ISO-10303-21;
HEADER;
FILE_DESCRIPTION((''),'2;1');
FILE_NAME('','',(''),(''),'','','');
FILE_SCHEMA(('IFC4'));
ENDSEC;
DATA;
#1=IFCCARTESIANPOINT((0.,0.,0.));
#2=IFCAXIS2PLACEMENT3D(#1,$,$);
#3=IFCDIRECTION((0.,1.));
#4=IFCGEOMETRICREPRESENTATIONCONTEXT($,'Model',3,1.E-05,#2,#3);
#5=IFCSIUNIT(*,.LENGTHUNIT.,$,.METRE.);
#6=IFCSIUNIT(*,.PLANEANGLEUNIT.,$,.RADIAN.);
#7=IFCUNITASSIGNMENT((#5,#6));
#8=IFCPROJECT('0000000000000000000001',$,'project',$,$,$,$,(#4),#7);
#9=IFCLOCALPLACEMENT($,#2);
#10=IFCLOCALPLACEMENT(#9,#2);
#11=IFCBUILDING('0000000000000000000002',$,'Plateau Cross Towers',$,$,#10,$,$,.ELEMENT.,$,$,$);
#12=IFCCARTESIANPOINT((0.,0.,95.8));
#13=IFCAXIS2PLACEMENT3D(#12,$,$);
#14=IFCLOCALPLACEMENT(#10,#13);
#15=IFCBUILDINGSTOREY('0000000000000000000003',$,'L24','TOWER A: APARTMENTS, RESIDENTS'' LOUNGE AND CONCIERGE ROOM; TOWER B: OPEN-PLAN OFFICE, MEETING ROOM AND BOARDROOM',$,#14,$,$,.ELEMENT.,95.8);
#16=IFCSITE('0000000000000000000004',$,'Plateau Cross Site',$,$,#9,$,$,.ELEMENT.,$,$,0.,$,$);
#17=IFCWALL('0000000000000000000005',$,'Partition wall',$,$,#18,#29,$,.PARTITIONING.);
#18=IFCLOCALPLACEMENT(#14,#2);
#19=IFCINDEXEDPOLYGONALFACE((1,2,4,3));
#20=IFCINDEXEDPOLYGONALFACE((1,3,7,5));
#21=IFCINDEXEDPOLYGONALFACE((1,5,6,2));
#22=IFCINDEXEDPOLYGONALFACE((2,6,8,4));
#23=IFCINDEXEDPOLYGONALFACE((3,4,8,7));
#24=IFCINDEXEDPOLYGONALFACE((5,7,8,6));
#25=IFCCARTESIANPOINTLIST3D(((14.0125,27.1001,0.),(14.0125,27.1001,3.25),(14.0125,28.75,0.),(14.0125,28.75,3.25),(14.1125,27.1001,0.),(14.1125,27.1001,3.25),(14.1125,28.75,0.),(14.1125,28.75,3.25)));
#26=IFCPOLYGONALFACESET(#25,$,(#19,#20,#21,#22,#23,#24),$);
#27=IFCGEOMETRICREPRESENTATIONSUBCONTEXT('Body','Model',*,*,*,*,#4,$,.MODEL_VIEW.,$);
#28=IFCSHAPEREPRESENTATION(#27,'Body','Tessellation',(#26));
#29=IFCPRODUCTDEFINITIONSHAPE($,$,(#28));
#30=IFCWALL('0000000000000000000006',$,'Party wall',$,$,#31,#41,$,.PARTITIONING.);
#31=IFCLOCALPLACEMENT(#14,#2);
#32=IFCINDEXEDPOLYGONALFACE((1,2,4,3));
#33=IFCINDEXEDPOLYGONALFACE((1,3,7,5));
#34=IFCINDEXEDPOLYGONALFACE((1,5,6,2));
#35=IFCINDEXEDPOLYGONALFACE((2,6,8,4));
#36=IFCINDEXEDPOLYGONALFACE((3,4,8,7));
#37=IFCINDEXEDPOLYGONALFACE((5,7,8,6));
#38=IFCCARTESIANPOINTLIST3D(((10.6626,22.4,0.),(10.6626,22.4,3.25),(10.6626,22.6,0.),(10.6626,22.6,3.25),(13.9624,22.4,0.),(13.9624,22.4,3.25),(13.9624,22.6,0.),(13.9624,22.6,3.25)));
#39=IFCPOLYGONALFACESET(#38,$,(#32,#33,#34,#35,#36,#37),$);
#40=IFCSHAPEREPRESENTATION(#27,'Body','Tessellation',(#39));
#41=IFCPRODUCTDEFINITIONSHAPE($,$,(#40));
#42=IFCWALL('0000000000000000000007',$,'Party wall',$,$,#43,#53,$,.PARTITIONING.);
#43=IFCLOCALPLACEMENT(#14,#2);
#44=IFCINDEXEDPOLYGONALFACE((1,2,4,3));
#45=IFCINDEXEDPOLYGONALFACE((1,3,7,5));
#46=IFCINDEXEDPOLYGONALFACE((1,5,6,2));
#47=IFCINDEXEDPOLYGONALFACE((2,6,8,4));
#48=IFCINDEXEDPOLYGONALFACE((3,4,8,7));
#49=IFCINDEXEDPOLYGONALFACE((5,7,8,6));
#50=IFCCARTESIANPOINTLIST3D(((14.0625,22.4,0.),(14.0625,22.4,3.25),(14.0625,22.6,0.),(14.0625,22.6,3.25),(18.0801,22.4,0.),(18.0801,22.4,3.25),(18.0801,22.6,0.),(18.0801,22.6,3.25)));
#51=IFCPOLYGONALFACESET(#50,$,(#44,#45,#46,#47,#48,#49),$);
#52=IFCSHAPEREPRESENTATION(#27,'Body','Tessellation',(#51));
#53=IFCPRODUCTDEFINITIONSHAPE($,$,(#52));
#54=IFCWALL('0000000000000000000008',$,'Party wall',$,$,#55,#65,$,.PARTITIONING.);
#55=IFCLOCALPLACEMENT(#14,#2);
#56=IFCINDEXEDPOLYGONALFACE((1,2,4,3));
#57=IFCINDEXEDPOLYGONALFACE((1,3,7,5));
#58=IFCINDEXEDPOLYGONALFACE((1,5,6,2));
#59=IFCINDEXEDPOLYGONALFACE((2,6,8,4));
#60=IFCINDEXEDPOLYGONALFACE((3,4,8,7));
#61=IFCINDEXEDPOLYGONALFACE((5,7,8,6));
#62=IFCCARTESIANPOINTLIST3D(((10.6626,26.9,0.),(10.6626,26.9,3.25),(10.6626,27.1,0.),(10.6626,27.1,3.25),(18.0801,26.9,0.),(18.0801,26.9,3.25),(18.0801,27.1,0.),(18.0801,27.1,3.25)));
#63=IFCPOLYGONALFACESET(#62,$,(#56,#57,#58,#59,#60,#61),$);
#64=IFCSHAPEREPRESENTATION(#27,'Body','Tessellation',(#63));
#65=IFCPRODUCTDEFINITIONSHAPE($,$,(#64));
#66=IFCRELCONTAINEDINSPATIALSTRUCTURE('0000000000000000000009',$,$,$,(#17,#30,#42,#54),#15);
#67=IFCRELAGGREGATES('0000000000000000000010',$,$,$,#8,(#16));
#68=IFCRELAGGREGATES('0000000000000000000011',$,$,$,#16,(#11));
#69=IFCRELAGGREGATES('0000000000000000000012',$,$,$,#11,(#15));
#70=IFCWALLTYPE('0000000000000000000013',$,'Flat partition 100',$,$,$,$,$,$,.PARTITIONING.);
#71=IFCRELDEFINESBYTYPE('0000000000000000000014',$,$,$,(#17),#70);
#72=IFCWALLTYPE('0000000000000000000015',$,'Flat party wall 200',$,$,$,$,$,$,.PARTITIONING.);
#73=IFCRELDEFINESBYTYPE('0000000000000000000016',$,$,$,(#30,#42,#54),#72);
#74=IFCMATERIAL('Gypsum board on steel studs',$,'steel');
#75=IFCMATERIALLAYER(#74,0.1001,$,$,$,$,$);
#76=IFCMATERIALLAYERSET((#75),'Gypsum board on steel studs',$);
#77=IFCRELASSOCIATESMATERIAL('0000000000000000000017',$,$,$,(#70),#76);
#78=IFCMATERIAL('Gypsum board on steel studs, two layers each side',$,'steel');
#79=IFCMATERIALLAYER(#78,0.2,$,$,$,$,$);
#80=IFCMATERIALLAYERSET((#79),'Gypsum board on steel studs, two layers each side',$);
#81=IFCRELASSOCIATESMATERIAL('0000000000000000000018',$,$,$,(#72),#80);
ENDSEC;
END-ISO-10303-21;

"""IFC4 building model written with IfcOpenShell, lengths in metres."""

from ifc_helpers import new_model, si_unit, direction, frame, frame_2d, origin, place, context, subcontext, project, spatial, rectangle, extrude, material, layer, layer_set, type_object, element, save


model = new_model("IFC4")

# Units and contexts
model_context = context("Model", 3, precision=1e-05, world=origin(), true_north=direction((0.0, 1.0)))
body_context = subcontext(model_context, "Body", "Model", "MODEL_VIEW")
ifc_project = project(units=[si_unit("LENGTHUNIT", "METRE"), si_unit("PLANEANGLEUNIT", "RADIAN")], contexts=[model_context])

# Site, building, storey
site_placement = place(None, origin())
site = spatial("IfcSite", under=ifc_project, at=site_placement, Name="Plateau Cross Site", CompositionType="ELEMENT", RefElevation=0.0)
building_placement = place(site_placement, origin())
building = spatial("IfcBuilding", under=site, at=building_placement, Name="Plateau Cross Towers", CompositionType="ELEMENT")
storey_placement = place(building_placement, frame((0.0, 0.0, 95.8)))
storey = spatial("IfcBuildingStorey", under=building, at=storey_placement, Name="L24", Description="TOWER A: APARTMENTS, RESIDENTS' LOUNGE AND CONCIERGE ROOM; TOWER B: OPEN-PLAN OFFICE, MEETING ROOM AND BOARDROOM", CompositionType="ELEMENT", Elevation=95.8)

# Shared definitions
ifc_material_1 = material(Name="Gypsum board on steel studs", Category="steel")
ifc_layer_1 = layer(ifc_material_1, 0.1001)
ifc_layer_set_1 = layer_set([ifc_layer_1], Name="Gypsum board on steel studs")
wall_type_1 = type_object("IfcWallType", Name="Flat partition 100", PredefinedType="PARTITIONING", material=ifc_layer_set_1)

# Walls
wall_1_placement = place(storey_placement, frame((14.0625, 27.1001, 0.0), z_axis=(0.0, 0.0, 1.0), x_axis=(0.0, 1.0, 0.0)))
element("IfcWall", 1, at=wall_1_placement, inside=storey, type_object=wall_type_1, Name="Partition wall", PredefinedType="PARTITIONING", context=body_context, shape_type="SweptSolid", body=[
    extrude(rectangle(XDim=1.6499, YDim=0.1001, at=frame_2d((0.825, 0.0))), origin(), (0.0, 0.0, 1.0), 3.25),
])
ifc_material_2 = material(Name="Gypsum board on steel studs, two layers each side", Category="steel")
ifc_layer_2 = layer(ifc_material_2, 0.2)
ifc_layer_set_2 = layer_set([ifc_layer_2], Name="Gypsum board on steel studs, two layers each side")
wall_type_2 = type_object("IfcWallType", Name="Flat party wall 200", PredefinedType="PARTITIONING", material=ifc_layer_set_2)
wall_2_placement = place(storey_placement, frame((13.9624, 22.5, 0.0), z_axis=(0.0, 0.0, 1.0), x_axis=(-1.0, 0.0, 0.0)))
element("IfcWall", 2, at=wall_2_placement, inside=storey, type_object=wall_type_2, Name="Party wall", PredefinedType="PARTITIONING", context=body_context, shape_type="SweptSolid", body=[
    extrude(rectangle(XDim=3.2998, YDim=0.2, at=frame_2d((1.6499, 0.0))), origin(), (0.0, 0.0, 1.0), 3.25),
])
wall_3_placement = place(storey_placement, frame((14.0625, 22.5, 0.0), z_axis=(0.0, 0.0, 1.0), x_axis=(1.0, 0.0, 0.0)))
element("IfcWall", 3, at=wall_3_placement, inside=storey, type_object=wall_type_2, Name="Party wall", PredefinedType="PARTITIONING", context=body_context, shape_type="SweptSolid", body=[
    extrude(rectangle(XDim=4.0176, YDim=0.2, at=frame_2d((2.0088, 0.0))), origin(), (0.0, 0.0, 1.0), 3.25),
])
wall_4_placement = place(storey_placement, frame((18.0801, 27.0, 0.0), z_axis=(0.0, 0.0, 1.0), x_axis=(-1.0, 0.0, 0.0)))
element("IfcWall", 4, at=wall_4_placement, inside=storey, type_object=wall_type_2, Name="Party wall", PredefinedType="PARTITIONING", context=body_context, shape_type="SweptSolid", body=[
    extrude(rectangle(XDim=7.4175, YDim=0.2, at=frame_2d((3.7087, 0.0))), origin(), (0.0, 0.0, 1.0), 3.25),
])

save(model, "model.ifc")
